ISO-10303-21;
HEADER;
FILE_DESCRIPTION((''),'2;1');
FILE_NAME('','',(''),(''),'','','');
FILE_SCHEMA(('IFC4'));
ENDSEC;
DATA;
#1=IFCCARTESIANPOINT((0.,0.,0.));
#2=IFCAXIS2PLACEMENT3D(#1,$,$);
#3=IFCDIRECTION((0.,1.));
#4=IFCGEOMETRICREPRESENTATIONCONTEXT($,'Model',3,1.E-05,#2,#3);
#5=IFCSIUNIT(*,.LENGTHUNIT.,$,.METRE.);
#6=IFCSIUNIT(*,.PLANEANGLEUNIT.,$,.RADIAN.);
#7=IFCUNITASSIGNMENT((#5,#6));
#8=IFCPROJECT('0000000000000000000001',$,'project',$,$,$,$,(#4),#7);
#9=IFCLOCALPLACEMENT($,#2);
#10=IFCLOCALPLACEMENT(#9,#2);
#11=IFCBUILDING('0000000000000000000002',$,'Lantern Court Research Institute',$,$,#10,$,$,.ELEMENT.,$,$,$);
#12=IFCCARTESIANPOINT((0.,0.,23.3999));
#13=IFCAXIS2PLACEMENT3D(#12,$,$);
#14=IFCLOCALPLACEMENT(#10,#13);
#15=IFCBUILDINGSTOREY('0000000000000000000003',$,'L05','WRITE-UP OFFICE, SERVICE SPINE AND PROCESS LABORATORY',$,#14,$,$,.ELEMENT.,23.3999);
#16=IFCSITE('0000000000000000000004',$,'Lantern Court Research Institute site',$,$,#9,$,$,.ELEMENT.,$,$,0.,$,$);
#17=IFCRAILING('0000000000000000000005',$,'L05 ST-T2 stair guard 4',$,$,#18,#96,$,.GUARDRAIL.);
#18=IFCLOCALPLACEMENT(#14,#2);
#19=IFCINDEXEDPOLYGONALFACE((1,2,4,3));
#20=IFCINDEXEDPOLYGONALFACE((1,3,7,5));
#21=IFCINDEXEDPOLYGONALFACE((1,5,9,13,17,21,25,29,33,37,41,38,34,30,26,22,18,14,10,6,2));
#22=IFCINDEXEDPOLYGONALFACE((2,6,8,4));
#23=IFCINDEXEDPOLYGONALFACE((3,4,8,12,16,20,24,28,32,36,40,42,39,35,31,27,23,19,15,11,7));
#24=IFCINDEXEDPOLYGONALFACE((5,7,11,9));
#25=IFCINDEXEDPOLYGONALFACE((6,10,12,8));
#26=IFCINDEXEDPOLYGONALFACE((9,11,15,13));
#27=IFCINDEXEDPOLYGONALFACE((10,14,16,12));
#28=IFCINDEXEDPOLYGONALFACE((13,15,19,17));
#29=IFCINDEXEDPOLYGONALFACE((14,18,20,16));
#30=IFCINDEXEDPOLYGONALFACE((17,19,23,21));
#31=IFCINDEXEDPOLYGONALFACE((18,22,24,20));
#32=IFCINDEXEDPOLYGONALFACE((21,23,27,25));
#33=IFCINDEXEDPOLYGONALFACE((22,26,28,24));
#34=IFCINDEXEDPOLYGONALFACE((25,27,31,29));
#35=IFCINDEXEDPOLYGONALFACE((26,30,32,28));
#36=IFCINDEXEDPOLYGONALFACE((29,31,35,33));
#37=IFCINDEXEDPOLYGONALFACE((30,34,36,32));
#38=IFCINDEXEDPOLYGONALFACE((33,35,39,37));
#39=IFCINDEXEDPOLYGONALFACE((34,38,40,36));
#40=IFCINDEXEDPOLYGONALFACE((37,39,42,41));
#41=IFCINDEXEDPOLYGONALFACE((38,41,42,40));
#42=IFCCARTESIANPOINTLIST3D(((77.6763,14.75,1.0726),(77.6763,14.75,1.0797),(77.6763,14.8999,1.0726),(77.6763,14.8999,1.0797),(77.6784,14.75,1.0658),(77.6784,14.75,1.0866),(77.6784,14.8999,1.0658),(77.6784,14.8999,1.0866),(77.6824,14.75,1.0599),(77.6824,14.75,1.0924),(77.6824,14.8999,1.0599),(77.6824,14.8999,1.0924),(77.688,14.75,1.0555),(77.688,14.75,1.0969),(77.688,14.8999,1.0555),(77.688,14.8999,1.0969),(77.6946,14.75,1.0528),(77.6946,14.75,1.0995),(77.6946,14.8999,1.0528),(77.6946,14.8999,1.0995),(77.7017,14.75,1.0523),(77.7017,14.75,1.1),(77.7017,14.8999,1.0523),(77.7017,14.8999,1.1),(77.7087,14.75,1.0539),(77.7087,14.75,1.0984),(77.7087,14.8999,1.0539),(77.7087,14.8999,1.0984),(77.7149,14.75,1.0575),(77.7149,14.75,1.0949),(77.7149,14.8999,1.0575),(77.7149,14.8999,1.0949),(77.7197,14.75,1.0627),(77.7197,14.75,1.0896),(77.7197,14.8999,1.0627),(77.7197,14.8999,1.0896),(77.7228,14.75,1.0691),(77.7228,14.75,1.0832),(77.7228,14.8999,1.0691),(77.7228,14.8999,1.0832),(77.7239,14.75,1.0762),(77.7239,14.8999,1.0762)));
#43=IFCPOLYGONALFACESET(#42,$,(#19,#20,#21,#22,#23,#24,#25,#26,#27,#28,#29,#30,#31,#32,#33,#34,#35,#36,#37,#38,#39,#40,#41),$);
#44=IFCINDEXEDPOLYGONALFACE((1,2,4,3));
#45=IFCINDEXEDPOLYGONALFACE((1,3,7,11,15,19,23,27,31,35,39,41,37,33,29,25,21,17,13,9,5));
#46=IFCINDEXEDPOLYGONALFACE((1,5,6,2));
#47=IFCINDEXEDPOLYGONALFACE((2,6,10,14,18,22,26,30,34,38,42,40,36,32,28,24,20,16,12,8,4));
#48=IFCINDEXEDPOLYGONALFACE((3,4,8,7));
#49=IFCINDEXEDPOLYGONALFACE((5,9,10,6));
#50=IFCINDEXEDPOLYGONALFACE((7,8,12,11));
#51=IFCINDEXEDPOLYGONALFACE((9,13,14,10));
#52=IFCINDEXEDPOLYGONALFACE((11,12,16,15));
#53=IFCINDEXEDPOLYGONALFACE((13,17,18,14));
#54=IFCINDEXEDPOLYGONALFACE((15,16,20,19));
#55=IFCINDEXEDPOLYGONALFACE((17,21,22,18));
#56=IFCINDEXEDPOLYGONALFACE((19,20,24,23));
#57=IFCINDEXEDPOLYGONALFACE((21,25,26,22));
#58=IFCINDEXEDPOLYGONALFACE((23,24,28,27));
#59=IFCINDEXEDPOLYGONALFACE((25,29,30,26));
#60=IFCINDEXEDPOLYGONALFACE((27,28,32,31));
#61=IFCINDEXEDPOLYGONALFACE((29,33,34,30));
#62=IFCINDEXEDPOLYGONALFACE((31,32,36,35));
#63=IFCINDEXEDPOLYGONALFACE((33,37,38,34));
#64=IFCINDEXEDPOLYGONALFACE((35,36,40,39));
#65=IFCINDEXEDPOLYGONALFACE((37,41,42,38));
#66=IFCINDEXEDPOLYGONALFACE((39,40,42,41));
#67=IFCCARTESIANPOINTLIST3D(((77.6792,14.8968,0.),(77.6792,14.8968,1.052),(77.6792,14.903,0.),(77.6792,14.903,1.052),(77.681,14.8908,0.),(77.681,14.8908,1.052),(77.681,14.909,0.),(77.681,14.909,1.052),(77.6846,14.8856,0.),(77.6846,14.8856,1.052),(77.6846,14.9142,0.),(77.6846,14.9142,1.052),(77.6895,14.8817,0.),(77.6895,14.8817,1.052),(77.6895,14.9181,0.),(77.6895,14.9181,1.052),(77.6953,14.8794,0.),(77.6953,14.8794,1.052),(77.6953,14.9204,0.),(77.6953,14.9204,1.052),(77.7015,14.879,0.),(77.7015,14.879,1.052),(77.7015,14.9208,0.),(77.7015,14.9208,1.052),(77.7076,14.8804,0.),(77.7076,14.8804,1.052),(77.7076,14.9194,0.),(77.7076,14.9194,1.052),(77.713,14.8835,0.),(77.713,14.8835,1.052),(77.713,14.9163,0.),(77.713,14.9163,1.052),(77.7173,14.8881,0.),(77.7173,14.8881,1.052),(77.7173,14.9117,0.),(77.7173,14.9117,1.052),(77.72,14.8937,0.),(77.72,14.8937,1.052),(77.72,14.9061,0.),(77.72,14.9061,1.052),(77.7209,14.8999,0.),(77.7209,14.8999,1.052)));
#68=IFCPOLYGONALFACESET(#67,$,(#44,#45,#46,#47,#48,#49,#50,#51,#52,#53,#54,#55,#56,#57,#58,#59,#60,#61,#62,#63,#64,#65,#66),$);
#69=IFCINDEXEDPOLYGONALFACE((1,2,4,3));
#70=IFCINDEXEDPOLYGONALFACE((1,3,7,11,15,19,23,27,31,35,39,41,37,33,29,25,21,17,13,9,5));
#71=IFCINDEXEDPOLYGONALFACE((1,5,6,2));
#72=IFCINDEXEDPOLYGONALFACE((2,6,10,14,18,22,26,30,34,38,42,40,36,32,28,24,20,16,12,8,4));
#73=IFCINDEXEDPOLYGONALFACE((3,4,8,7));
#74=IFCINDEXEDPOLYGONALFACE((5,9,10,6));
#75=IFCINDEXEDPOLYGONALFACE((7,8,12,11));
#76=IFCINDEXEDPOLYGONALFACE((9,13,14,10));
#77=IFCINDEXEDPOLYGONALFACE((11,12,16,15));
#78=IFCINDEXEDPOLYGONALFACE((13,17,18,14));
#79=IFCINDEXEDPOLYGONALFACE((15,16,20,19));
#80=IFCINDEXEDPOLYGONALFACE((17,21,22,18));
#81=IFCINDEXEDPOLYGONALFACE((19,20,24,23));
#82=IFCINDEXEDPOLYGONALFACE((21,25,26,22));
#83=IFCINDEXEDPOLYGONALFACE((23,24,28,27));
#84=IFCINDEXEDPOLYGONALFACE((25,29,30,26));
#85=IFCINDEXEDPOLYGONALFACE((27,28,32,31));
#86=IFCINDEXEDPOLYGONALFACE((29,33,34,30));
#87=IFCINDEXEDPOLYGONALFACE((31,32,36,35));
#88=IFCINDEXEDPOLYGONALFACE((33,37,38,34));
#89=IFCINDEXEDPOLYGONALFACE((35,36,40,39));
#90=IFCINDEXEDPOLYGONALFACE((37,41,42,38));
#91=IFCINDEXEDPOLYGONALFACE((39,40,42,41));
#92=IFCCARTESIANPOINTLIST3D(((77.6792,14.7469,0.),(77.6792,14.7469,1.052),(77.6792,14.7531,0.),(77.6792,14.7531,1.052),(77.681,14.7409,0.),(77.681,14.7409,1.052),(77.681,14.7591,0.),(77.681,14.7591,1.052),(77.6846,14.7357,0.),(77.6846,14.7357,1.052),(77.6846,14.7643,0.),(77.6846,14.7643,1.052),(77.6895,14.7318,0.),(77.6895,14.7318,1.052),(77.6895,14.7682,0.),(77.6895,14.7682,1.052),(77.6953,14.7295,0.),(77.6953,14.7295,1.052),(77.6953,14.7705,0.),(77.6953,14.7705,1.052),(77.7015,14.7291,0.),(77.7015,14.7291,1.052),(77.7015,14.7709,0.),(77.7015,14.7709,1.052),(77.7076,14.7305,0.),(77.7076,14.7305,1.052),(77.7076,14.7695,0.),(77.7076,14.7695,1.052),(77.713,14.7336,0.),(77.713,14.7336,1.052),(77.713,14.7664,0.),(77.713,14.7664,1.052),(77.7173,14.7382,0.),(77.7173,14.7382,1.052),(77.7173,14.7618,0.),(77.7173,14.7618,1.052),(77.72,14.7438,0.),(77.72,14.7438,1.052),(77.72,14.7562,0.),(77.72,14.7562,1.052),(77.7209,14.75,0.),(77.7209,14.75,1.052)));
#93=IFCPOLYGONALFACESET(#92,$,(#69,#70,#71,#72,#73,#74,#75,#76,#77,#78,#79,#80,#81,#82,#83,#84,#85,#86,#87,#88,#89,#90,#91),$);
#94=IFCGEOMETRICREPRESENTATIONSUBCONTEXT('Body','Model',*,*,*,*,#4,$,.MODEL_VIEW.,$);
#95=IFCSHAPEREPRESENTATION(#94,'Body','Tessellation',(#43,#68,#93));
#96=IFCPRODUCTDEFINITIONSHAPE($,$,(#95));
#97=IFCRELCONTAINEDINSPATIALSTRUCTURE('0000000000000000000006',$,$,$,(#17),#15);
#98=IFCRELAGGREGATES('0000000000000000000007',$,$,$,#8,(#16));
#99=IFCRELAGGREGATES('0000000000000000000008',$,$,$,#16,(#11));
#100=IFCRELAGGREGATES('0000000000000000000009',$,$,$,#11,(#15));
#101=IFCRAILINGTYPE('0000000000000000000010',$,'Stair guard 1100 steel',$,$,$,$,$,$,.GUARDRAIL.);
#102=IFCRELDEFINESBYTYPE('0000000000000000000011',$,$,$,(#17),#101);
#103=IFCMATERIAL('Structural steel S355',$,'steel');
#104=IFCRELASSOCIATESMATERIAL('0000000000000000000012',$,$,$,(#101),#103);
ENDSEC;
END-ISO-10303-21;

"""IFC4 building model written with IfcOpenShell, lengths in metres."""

from ifc_helpers import new_model, si_unit, direction, frame, origin, origin_2d, place, context, subcontext, project, spatial, circle, extrude, material, type_object, element, save


model = new_model("IFC4")

# Units and contexts
model_context = context("Model", 3, precision=1e-05, world=origin(), true_north=direction((0.0, 1.0)))
body_context = subcontext(model_context, "Body", "Model", "MODEL_VIEW")
ifc_project = project(units=[si_unit("LENGTHUNIT", "METRE"), si_unit("PLANEANGLEUNIT", "RADIAN")], contexts=[model_context])

# Site, building, storey
site_placement = place(None, origin())
site = spatial("IfcSite", under=ifc_project, at=site_placement, Name="Lantern Court Research Institute site", CompositionType="ELEMENT", RefElevation=0.0)
building_placement = place(site_placement, origin())
building = spatial("IfcBuilding", under=site, at=building_placement, Name="Lantern Court Research Institute", CompositionType="ELEMENT")
storey_placement = place(building_placement, frame((0.0, 0.0, 23.3999)))
storey = spatial("IfcBuildingStorey", under=building, at=storey_placement, Name="L05", Description="WRITE-UP OFFICE, SERVICE SPINE AND PROCESS LABORATORY", CompositionType="ELEMENT", Elevation=23.3999)

# Railing
ifc_material_1 = material(Name="Structural steel S355", Category="steel")
railing_type_1 = type_object("IfcRailingType", Name="Stair guard 1100 steel", PredefinedType="GUARDRAIL", material=ifc_material_1)
railing_1_placement = place(storey_placement, frame((77.7, 14.8999, 0.0)))
element("IfcRailing", 1, at=railing_1_placement, inside=storey, type_object=railing_type_1, Name="L05 ST-T2 stair guard 4", PredefinedType="GUARDRAIL", context=body_context, shape_type="SweptSolid", body=[
    extrude(circle(Radius=0.0239, at=origin_2d()), frame((0.0, 0.0, 1.0762), z_axis=(0.0, -1.0, 0.0), x_axis=(1.0, 0.0, 0.0)), (0.0, 0.0, 1.0), 0.1499),
    extrude(circle(Radius=0.021, at=origin_2d()), origin(), (0.0, 0.0, 1.0), 1.052),
    extrude(circle(Radius=0.021, at=origin_2d()), frame((0.0, -0.1499, 0.0)), (0.0, 0.0, 1.0), 1.052),
])

save(model, "model.ifc")
